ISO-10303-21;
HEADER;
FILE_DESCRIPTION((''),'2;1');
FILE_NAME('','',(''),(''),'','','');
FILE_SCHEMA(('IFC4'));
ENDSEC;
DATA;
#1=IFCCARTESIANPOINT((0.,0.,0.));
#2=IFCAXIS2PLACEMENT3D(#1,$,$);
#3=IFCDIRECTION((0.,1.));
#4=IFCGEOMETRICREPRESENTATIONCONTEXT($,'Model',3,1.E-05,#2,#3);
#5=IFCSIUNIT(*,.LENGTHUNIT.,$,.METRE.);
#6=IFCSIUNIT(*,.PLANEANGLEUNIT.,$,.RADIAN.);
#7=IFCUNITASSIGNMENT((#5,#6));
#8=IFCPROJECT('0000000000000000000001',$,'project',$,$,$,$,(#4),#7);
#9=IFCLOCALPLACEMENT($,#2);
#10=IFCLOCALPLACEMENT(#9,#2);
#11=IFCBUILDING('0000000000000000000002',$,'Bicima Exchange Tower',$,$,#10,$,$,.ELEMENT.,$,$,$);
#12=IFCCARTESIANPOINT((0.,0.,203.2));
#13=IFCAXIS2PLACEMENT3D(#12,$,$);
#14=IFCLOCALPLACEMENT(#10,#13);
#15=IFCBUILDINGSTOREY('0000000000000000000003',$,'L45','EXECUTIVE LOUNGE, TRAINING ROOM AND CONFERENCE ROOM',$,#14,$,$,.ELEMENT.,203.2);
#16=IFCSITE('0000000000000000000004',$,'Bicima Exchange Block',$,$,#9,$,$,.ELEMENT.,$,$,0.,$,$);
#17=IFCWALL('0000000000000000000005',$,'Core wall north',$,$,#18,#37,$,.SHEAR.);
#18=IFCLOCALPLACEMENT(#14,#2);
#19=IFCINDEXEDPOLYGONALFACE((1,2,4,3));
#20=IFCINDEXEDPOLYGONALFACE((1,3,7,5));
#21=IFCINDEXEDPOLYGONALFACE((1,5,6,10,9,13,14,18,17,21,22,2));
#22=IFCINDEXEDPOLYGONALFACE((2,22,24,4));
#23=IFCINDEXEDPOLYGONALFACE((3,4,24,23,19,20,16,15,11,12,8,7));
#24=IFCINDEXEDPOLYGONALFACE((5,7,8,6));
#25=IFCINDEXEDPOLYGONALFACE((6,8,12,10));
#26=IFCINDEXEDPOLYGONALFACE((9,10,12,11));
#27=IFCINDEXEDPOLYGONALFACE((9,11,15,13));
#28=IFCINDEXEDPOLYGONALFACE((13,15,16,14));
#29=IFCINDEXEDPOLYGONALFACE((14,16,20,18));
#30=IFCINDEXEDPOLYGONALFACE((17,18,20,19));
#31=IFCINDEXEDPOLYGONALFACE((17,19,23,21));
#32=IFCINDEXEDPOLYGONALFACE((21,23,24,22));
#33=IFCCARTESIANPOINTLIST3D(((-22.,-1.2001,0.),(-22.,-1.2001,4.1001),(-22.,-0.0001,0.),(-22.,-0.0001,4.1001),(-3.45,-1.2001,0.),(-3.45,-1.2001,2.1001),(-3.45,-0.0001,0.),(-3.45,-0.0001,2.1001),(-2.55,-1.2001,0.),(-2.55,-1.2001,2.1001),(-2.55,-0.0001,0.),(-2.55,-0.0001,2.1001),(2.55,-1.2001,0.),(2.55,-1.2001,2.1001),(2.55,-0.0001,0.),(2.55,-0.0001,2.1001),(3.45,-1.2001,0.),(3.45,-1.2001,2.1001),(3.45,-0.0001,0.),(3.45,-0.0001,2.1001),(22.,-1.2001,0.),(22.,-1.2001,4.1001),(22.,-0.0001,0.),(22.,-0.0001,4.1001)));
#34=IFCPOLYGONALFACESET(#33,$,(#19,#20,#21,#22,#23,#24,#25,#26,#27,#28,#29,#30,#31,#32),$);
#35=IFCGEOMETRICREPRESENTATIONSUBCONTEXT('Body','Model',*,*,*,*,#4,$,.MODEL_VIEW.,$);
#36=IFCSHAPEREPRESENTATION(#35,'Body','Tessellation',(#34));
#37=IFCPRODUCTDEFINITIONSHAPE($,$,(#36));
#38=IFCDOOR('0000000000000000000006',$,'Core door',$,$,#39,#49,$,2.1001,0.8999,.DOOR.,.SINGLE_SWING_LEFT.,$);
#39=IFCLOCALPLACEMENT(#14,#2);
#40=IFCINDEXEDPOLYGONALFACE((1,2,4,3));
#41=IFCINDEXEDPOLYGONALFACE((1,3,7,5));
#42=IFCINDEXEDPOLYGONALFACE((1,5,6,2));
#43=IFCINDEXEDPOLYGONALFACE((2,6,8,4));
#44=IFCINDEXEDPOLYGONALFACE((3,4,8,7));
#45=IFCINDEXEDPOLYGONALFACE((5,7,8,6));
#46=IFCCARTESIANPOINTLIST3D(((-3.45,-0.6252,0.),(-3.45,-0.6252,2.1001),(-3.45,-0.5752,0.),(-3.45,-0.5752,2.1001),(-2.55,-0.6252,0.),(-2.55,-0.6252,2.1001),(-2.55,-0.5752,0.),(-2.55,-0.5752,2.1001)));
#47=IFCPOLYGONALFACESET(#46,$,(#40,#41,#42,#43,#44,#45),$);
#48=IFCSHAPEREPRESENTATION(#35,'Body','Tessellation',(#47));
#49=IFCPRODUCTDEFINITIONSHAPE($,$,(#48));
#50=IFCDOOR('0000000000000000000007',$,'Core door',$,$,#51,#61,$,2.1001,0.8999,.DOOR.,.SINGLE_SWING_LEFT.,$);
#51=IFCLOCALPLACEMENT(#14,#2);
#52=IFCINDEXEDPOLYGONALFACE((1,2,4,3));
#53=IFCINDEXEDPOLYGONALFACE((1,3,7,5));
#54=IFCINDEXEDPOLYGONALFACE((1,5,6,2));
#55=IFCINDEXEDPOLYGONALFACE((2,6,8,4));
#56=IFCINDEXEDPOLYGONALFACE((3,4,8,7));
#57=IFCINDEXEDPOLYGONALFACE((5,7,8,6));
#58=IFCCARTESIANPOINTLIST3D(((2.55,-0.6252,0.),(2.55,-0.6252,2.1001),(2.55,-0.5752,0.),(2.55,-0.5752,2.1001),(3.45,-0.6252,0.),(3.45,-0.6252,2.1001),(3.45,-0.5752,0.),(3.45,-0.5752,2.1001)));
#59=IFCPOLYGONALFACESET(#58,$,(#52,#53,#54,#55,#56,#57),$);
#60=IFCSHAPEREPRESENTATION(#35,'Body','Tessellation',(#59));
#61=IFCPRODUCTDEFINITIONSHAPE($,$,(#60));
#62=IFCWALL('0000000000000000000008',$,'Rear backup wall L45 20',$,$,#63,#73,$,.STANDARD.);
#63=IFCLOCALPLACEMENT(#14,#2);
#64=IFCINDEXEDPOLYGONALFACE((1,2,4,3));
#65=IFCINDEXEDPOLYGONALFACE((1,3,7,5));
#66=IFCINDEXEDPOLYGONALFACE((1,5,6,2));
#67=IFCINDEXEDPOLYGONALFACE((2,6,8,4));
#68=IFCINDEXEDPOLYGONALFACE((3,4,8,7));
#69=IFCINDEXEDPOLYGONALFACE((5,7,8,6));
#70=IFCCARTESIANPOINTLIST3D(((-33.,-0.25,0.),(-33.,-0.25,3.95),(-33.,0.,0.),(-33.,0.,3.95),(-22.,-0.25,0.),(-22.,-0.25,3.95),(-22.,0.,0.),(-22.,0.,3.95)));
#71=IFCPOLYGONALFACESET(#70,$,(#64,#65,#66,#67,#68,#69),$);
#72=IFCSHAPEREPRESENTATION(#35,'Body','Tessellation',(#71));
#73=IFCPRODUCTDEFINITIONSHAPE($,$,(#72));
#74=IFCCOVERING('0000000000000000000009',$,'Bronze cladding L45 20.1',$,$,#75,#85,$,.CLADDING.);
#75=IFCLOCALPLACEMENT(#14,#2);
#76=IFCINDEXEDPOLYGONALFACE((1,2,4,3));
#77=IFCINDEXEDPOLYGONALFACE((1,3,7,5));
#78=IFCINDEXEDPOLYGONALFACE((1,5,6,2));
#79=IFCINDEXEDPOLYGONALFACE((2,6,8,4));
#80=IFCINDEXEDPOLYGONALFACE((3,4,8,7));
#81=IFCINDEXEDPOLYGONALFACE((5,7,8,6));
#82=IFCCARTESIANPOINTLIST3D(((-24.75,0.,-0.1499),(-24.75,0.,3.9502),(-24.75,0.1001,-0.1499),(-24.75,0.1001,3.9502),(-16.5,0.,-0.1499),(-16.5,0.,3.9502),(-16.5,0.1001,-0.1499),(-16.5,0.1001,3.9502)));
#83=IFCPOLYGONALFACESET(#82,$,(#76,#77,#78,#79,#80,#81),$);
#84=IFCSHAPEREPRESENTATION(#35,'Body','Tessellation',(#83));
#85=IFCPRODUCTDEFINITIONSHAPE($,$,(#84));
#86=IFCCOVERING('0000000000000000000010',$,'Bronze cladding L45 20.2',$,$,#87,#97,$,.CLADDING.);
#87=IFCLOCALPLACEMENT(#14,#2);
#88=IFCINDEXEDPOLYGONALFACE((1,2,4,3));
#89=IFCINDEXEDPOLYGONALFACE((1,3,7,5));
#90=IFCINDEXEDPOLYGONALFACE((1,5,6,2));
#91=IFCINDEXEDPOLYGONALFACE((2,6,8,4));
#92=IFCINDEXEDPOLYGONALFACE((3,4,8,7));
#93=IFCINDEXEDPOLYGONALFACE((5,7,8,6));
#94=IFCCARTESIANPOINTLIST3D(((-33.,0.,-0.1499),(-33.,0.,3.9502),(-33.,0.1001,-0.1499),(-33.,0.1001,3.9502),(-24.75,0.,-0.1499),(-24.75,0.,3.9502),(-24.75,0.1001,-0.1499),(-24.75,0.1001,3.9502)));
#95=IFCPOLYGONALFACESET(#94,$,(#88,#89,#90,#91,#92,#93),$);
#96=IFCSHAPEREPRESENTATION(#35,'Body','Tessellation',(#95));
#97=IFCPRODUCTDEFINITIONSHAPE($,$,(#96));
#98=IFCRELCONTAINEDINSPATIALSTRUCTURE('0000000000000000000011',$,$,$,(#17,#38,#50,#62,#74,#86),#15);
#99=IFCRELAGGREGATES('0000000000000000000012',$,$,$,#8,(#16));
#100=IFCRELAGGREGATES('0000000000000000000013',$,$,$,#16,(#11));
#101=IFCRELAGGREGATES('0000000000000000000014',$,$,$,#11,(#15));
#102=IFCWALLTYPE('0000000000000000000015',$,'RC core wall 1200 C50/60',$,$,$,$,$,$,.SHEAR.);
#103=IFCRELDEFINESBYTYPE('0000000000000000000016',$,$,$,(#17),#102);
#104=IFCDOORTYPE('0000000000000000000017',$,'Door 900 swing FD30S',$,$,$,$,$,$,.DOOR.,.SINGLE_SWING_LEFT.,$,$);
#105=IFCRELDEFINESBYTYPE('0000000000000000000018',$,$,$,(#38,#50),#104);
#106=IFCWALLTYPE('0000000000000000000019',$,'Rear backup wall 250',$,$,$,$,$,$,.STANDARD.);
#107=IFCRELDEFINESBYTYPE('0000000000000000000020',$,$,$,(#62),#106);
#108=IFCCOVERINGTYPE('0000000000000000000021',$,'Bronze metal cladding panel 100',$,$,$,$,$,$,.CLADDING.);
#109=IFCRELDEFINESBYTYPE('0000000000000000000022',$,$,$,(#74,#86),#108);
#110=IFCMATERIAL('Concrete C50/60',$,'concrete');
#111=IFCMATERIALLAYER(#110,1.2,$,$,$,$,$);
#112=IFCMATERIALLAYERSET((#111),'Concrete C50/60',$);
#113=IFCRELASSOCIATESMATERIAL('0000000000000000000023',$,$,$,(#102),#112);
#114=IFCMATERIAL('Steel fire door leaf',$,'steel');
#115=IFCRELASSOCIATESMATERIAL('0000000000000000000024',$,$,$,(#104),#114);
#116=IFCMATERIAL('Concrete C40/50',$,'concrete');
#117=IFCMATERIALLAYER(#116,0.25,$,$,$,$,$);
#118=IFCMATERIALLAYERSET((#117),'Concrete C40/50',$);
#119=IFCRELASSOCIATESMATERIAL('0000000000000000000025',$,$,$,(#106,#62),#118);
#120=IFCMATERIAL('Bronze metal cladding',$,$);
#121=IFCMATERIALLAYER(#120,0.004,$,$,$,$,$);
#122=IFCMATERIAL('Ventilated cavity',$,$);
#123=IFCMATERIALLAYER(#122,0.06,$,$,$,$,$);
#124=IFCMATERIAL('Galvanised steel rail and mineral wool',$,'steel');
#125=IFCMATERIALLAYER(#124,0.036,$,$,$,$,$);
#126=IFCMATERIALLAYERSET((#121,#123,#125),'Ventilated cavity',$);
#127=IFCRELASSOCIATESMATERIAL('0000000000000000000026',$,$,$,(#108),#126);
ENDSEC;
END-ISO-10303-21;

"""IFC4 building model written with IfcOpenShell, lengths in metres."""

from ifc_helpers import new_model, si_unit, direction, frame, frame_2d, origin, origin_2d, place, context, subcontext, project, spatial, rectangle, extrude, material, layer, layer_set, layer_usage, type_object, element, fill, save


model = new_model("IFC4")

# Units and contexts
model_context = context("Model", 3, precision=1e-05, world=origin(), true_north=direction((0.0, 1.0)))
body_context = subcontext(model_context, "Body", "Model", "MODEL_VIEW")
ifc_project = project(units=[si_unit("LENGTHUNIT", "METRE"), si_unit("PLANEANGLEUNIT", "RADIAN")], contexts=[model_context])

# Site, building, storey
site_placement = place(None, origin())
site = spatial("IfcSite", under=ifc_project, at=site_placement, Name="Bicima Exchange Block", CompositionType="ELEMENT", RefElevation=0.0)
building_placement = place(site_placement, origin())
building = spatial("IfcBuilding", under=site, at=building_placement, Name="Bicima Exchange Tower", CompositionType="ELEMENT")
storey_placement = place(building_placement, frame((0.0, 0.0, 203.2)))
storey = spatial("IfcBuildingStorey", under=building, at=storey_placement, Name="L45", Description="EXECUTIVE LOUNGE, TRAINING ROOM AND CONFERENCE ROOM", CompositionType="ELEMENT", Elevation=203.2)

# Wall, openings, doors
ifc_material_1 = material(Name="Concrete C50/60", Category="concrete")
ifc_layer_1 = layer(ifc_material_1, 1.2)
ifc_layer_set_1 = layer_set([ifc_layer_1], Name="Concrete C50/60")
wall_type_1 = type_object("IfcWallType", Name="RC core wall 1200 C50/60", PredefinedType="SHEAR", material=ifc_layer_set_1)
wall_1_placement = place(storey_placement, frame((-22.0, -0.6001, 0.0), z_axis=(0.0, 0.0, 1.0), x_axis=(1.0, 0.0, 0.0)))
wall_1 = element("IfcWall", 1, at=wall_1_placement, inside=storey, type_object=wall_type_1, Name="Core wall north", PredefinedType="SHEAR", context=body_context, shape_type="SweptSolid", body=[
    extrude(rectangle(XDim=44.0, YDim=1.2, at=frame_2d((22.0, 0.0))), origin(), (0.0, 0.0, 1.0), 4.1001),
])
opening_1_placement = place(wall_1_placement, frame((18.55, 0.0, 0.0)))
opening_1 = element("IfcOpeningElement", 2, at=opening_1_placement, cuts=wall_1, PredefinedType="OPENING", context=body_context, shape_type="SweptSolid", body=[
    extrude(rectangle(XDim=0.8999, YDim=2.1001, at=frame_2d((0.45, 1.05))), frame((0.0, 0.6118, 0.0), z_axis=(0.0, -1.0, 0.0), x_axis=(1.0, 0.0, 0.0)), (0.0, 0.0, 1.0), 1.2239),
])
opening_2_placement = place(wall_1_placement, frame((24.55, 0.0, 0.0)))
opening_2 = element("IfcOpeningElement", 3, at=opening_2_placement, cuts=wall_1, PredefinedType="OPENING", context=body_context, shape_type="SweptSolid", body=[
    extrude(rectangle(XDim=0.8999, YDim=2.1001, at=frame_2d((0.45, 1.05))), frame((0.0, 0.6118, 0.0), z_axis=(0.0, -1.0, 0.0), x_axis=(1.0, 0.0, 0.0)), (0.0, 0.0, 1.0), 1.2239),
])
ifc_material_2 = material(Name="Steel fire door leaf", Category="steel")
door_type = type_object("IfcDoorType", Name="Door 900 swing FD30S", OperationType="SINGLE_SWING_LEFT", PredefinedType="DOOR", material=ifc_material_2)
door_1_placement = place(opening_1_placement, origin())
door_1 = element("IfcDoor", 4, at=door_1_placement, inside=storey, type_object=door_type, Name="Core door", OperationType="SINGLE_SWING_LEFT", OverallHeight=2.1001, OverallWidth=0.8999, PredefinedType="DOOR", context=body_context, shape_type="SweptSolid", body=[
    extrude(rectangle(XDim=0.8999, YDim=2.1001, at=frame_2d((0.45, 1.05))), frame((0.0, 0.0249, 0.0), z_axis=(0.0, -1.0, 0.0), x_axis=(1.0, 0.0, 0.0)), (0.0, 0.0, 1.0), 0.05),
])
fill(opening_1, door_1)
door_2_placement = place(opening_2_placement, origin())
door_2 = element("IfcDoor", 5, at=door_2_placement, inside=storey, type_object=door_type, Name="Core door", OperationType="SINGLE_SWING_LEFT", OverallHeight=2.1001, OverallWidth=0.8999, PredefinedType="DOOR", context=body_context, shape_type="SweptSolid", body=[
    extrude(rectangle(XDim=0.8999, YDim=2.1001, at=frame_2d((0.45, 1.05))), frame((0.0, 0.0249, 0.0), z_axis=(0.0, -1.0, 0.0), x_axis=(1.0, 0.0, 0.0)), (0.0, 0.0, 1.0), 0.05),
])
fill(opening_2, door_2)

# Wall
ifc_material_3 = material(Name="Concrete C40/50", Category="concrete")
ifc_layer_2 = layer(ifc_material_3, 0.25)
ifc_layer_set_2 = layer_set([ifc_layer_2], Name="Concrete C40/50")
ifc_layer_usage = layer_usage(ifc_layer_set_2, "AXIS2", "POSITIVE", -0.125)
wall_type_2 = type_object("IfcWallType", Name="Rear backup wall 250", PredefinedType="STANDARD", material=ifc_layer_set_2)
wall_2_placement = place(storey_placement, frame((-22.0, -0.125, 0.0), z_axis=(0.0, 0.0, 1.0), x_axis=(-1.0, 0.0, 0.0)))
element("IfcWall", 6, at=wall_2_placement, inside=storey, type_object=wall_type_2, material=ifc_layer_usage, Name="Rear backup wall L45 20", PredefinedType="STANDARD", context=body_context, shape_type="SweptSolid", body=[
    extrude(rectangle(XDim=11.0, YDim=0.25, at=frame_2d((5.5, 0.0))), origin(), (0.0, 0.0, 1.0), 3.95),
])

# Coverings
ifc_material_4 = material(Name="Bronze metal cladding")
ifc_layer_3 = layer(ifc_material_4, 0.004)
ifc_material_5 = material(Name="Ventilated cavity")
ifc_layer_4 = layer(ifc_material_5, 0.06)
ifc_material_6 = material(Name="Galvanised steel rail and mineral wool", Category="steel")
ifc_layer_5 = layer(ifc_material_6, 0.036)
ifc_layer_set_3 = layer_set([ifc_layer_3, ifc_layer_4, ifc_layer_5], Name="Ventilated cavity")
covering_type = type_object("IfcCoveringType", Name="Bronze metal cladding panel 100", PredefinedType="CLADDING", material=ifc_layer_set_3)
for number, where, z_axis, x_axis, name in (
    (7, (-20.625, 0.05, -0.1499), (0.0, 0.0, 1.0), (-1.0, 0.0, 0.0), "Bronze cladding L45 20.1"),
    (8, (-28.875, 0.05, -0.1499), (0.0, 0.0, 1.0), (-1.0, 0.0, 0.0), "Bronze cladding L45 20.2"),
):
    element("IfcCovering", number, at=place(storey_placement, frame(where, z_axis=z_axis, x_axis=x_axis)), inside=storey, type_object=covering_type, Name=name, PredefinedType="CLADDING", context=body_context, shape_type="SweptSolid", body=[
        extrude(rectangle(XDim=8.25, YDim=0.1001, at=origin_2d()), origin(), (0.0, 0.0, 1.0), 4.1001),
    ])

save(model, "model.ifc")
